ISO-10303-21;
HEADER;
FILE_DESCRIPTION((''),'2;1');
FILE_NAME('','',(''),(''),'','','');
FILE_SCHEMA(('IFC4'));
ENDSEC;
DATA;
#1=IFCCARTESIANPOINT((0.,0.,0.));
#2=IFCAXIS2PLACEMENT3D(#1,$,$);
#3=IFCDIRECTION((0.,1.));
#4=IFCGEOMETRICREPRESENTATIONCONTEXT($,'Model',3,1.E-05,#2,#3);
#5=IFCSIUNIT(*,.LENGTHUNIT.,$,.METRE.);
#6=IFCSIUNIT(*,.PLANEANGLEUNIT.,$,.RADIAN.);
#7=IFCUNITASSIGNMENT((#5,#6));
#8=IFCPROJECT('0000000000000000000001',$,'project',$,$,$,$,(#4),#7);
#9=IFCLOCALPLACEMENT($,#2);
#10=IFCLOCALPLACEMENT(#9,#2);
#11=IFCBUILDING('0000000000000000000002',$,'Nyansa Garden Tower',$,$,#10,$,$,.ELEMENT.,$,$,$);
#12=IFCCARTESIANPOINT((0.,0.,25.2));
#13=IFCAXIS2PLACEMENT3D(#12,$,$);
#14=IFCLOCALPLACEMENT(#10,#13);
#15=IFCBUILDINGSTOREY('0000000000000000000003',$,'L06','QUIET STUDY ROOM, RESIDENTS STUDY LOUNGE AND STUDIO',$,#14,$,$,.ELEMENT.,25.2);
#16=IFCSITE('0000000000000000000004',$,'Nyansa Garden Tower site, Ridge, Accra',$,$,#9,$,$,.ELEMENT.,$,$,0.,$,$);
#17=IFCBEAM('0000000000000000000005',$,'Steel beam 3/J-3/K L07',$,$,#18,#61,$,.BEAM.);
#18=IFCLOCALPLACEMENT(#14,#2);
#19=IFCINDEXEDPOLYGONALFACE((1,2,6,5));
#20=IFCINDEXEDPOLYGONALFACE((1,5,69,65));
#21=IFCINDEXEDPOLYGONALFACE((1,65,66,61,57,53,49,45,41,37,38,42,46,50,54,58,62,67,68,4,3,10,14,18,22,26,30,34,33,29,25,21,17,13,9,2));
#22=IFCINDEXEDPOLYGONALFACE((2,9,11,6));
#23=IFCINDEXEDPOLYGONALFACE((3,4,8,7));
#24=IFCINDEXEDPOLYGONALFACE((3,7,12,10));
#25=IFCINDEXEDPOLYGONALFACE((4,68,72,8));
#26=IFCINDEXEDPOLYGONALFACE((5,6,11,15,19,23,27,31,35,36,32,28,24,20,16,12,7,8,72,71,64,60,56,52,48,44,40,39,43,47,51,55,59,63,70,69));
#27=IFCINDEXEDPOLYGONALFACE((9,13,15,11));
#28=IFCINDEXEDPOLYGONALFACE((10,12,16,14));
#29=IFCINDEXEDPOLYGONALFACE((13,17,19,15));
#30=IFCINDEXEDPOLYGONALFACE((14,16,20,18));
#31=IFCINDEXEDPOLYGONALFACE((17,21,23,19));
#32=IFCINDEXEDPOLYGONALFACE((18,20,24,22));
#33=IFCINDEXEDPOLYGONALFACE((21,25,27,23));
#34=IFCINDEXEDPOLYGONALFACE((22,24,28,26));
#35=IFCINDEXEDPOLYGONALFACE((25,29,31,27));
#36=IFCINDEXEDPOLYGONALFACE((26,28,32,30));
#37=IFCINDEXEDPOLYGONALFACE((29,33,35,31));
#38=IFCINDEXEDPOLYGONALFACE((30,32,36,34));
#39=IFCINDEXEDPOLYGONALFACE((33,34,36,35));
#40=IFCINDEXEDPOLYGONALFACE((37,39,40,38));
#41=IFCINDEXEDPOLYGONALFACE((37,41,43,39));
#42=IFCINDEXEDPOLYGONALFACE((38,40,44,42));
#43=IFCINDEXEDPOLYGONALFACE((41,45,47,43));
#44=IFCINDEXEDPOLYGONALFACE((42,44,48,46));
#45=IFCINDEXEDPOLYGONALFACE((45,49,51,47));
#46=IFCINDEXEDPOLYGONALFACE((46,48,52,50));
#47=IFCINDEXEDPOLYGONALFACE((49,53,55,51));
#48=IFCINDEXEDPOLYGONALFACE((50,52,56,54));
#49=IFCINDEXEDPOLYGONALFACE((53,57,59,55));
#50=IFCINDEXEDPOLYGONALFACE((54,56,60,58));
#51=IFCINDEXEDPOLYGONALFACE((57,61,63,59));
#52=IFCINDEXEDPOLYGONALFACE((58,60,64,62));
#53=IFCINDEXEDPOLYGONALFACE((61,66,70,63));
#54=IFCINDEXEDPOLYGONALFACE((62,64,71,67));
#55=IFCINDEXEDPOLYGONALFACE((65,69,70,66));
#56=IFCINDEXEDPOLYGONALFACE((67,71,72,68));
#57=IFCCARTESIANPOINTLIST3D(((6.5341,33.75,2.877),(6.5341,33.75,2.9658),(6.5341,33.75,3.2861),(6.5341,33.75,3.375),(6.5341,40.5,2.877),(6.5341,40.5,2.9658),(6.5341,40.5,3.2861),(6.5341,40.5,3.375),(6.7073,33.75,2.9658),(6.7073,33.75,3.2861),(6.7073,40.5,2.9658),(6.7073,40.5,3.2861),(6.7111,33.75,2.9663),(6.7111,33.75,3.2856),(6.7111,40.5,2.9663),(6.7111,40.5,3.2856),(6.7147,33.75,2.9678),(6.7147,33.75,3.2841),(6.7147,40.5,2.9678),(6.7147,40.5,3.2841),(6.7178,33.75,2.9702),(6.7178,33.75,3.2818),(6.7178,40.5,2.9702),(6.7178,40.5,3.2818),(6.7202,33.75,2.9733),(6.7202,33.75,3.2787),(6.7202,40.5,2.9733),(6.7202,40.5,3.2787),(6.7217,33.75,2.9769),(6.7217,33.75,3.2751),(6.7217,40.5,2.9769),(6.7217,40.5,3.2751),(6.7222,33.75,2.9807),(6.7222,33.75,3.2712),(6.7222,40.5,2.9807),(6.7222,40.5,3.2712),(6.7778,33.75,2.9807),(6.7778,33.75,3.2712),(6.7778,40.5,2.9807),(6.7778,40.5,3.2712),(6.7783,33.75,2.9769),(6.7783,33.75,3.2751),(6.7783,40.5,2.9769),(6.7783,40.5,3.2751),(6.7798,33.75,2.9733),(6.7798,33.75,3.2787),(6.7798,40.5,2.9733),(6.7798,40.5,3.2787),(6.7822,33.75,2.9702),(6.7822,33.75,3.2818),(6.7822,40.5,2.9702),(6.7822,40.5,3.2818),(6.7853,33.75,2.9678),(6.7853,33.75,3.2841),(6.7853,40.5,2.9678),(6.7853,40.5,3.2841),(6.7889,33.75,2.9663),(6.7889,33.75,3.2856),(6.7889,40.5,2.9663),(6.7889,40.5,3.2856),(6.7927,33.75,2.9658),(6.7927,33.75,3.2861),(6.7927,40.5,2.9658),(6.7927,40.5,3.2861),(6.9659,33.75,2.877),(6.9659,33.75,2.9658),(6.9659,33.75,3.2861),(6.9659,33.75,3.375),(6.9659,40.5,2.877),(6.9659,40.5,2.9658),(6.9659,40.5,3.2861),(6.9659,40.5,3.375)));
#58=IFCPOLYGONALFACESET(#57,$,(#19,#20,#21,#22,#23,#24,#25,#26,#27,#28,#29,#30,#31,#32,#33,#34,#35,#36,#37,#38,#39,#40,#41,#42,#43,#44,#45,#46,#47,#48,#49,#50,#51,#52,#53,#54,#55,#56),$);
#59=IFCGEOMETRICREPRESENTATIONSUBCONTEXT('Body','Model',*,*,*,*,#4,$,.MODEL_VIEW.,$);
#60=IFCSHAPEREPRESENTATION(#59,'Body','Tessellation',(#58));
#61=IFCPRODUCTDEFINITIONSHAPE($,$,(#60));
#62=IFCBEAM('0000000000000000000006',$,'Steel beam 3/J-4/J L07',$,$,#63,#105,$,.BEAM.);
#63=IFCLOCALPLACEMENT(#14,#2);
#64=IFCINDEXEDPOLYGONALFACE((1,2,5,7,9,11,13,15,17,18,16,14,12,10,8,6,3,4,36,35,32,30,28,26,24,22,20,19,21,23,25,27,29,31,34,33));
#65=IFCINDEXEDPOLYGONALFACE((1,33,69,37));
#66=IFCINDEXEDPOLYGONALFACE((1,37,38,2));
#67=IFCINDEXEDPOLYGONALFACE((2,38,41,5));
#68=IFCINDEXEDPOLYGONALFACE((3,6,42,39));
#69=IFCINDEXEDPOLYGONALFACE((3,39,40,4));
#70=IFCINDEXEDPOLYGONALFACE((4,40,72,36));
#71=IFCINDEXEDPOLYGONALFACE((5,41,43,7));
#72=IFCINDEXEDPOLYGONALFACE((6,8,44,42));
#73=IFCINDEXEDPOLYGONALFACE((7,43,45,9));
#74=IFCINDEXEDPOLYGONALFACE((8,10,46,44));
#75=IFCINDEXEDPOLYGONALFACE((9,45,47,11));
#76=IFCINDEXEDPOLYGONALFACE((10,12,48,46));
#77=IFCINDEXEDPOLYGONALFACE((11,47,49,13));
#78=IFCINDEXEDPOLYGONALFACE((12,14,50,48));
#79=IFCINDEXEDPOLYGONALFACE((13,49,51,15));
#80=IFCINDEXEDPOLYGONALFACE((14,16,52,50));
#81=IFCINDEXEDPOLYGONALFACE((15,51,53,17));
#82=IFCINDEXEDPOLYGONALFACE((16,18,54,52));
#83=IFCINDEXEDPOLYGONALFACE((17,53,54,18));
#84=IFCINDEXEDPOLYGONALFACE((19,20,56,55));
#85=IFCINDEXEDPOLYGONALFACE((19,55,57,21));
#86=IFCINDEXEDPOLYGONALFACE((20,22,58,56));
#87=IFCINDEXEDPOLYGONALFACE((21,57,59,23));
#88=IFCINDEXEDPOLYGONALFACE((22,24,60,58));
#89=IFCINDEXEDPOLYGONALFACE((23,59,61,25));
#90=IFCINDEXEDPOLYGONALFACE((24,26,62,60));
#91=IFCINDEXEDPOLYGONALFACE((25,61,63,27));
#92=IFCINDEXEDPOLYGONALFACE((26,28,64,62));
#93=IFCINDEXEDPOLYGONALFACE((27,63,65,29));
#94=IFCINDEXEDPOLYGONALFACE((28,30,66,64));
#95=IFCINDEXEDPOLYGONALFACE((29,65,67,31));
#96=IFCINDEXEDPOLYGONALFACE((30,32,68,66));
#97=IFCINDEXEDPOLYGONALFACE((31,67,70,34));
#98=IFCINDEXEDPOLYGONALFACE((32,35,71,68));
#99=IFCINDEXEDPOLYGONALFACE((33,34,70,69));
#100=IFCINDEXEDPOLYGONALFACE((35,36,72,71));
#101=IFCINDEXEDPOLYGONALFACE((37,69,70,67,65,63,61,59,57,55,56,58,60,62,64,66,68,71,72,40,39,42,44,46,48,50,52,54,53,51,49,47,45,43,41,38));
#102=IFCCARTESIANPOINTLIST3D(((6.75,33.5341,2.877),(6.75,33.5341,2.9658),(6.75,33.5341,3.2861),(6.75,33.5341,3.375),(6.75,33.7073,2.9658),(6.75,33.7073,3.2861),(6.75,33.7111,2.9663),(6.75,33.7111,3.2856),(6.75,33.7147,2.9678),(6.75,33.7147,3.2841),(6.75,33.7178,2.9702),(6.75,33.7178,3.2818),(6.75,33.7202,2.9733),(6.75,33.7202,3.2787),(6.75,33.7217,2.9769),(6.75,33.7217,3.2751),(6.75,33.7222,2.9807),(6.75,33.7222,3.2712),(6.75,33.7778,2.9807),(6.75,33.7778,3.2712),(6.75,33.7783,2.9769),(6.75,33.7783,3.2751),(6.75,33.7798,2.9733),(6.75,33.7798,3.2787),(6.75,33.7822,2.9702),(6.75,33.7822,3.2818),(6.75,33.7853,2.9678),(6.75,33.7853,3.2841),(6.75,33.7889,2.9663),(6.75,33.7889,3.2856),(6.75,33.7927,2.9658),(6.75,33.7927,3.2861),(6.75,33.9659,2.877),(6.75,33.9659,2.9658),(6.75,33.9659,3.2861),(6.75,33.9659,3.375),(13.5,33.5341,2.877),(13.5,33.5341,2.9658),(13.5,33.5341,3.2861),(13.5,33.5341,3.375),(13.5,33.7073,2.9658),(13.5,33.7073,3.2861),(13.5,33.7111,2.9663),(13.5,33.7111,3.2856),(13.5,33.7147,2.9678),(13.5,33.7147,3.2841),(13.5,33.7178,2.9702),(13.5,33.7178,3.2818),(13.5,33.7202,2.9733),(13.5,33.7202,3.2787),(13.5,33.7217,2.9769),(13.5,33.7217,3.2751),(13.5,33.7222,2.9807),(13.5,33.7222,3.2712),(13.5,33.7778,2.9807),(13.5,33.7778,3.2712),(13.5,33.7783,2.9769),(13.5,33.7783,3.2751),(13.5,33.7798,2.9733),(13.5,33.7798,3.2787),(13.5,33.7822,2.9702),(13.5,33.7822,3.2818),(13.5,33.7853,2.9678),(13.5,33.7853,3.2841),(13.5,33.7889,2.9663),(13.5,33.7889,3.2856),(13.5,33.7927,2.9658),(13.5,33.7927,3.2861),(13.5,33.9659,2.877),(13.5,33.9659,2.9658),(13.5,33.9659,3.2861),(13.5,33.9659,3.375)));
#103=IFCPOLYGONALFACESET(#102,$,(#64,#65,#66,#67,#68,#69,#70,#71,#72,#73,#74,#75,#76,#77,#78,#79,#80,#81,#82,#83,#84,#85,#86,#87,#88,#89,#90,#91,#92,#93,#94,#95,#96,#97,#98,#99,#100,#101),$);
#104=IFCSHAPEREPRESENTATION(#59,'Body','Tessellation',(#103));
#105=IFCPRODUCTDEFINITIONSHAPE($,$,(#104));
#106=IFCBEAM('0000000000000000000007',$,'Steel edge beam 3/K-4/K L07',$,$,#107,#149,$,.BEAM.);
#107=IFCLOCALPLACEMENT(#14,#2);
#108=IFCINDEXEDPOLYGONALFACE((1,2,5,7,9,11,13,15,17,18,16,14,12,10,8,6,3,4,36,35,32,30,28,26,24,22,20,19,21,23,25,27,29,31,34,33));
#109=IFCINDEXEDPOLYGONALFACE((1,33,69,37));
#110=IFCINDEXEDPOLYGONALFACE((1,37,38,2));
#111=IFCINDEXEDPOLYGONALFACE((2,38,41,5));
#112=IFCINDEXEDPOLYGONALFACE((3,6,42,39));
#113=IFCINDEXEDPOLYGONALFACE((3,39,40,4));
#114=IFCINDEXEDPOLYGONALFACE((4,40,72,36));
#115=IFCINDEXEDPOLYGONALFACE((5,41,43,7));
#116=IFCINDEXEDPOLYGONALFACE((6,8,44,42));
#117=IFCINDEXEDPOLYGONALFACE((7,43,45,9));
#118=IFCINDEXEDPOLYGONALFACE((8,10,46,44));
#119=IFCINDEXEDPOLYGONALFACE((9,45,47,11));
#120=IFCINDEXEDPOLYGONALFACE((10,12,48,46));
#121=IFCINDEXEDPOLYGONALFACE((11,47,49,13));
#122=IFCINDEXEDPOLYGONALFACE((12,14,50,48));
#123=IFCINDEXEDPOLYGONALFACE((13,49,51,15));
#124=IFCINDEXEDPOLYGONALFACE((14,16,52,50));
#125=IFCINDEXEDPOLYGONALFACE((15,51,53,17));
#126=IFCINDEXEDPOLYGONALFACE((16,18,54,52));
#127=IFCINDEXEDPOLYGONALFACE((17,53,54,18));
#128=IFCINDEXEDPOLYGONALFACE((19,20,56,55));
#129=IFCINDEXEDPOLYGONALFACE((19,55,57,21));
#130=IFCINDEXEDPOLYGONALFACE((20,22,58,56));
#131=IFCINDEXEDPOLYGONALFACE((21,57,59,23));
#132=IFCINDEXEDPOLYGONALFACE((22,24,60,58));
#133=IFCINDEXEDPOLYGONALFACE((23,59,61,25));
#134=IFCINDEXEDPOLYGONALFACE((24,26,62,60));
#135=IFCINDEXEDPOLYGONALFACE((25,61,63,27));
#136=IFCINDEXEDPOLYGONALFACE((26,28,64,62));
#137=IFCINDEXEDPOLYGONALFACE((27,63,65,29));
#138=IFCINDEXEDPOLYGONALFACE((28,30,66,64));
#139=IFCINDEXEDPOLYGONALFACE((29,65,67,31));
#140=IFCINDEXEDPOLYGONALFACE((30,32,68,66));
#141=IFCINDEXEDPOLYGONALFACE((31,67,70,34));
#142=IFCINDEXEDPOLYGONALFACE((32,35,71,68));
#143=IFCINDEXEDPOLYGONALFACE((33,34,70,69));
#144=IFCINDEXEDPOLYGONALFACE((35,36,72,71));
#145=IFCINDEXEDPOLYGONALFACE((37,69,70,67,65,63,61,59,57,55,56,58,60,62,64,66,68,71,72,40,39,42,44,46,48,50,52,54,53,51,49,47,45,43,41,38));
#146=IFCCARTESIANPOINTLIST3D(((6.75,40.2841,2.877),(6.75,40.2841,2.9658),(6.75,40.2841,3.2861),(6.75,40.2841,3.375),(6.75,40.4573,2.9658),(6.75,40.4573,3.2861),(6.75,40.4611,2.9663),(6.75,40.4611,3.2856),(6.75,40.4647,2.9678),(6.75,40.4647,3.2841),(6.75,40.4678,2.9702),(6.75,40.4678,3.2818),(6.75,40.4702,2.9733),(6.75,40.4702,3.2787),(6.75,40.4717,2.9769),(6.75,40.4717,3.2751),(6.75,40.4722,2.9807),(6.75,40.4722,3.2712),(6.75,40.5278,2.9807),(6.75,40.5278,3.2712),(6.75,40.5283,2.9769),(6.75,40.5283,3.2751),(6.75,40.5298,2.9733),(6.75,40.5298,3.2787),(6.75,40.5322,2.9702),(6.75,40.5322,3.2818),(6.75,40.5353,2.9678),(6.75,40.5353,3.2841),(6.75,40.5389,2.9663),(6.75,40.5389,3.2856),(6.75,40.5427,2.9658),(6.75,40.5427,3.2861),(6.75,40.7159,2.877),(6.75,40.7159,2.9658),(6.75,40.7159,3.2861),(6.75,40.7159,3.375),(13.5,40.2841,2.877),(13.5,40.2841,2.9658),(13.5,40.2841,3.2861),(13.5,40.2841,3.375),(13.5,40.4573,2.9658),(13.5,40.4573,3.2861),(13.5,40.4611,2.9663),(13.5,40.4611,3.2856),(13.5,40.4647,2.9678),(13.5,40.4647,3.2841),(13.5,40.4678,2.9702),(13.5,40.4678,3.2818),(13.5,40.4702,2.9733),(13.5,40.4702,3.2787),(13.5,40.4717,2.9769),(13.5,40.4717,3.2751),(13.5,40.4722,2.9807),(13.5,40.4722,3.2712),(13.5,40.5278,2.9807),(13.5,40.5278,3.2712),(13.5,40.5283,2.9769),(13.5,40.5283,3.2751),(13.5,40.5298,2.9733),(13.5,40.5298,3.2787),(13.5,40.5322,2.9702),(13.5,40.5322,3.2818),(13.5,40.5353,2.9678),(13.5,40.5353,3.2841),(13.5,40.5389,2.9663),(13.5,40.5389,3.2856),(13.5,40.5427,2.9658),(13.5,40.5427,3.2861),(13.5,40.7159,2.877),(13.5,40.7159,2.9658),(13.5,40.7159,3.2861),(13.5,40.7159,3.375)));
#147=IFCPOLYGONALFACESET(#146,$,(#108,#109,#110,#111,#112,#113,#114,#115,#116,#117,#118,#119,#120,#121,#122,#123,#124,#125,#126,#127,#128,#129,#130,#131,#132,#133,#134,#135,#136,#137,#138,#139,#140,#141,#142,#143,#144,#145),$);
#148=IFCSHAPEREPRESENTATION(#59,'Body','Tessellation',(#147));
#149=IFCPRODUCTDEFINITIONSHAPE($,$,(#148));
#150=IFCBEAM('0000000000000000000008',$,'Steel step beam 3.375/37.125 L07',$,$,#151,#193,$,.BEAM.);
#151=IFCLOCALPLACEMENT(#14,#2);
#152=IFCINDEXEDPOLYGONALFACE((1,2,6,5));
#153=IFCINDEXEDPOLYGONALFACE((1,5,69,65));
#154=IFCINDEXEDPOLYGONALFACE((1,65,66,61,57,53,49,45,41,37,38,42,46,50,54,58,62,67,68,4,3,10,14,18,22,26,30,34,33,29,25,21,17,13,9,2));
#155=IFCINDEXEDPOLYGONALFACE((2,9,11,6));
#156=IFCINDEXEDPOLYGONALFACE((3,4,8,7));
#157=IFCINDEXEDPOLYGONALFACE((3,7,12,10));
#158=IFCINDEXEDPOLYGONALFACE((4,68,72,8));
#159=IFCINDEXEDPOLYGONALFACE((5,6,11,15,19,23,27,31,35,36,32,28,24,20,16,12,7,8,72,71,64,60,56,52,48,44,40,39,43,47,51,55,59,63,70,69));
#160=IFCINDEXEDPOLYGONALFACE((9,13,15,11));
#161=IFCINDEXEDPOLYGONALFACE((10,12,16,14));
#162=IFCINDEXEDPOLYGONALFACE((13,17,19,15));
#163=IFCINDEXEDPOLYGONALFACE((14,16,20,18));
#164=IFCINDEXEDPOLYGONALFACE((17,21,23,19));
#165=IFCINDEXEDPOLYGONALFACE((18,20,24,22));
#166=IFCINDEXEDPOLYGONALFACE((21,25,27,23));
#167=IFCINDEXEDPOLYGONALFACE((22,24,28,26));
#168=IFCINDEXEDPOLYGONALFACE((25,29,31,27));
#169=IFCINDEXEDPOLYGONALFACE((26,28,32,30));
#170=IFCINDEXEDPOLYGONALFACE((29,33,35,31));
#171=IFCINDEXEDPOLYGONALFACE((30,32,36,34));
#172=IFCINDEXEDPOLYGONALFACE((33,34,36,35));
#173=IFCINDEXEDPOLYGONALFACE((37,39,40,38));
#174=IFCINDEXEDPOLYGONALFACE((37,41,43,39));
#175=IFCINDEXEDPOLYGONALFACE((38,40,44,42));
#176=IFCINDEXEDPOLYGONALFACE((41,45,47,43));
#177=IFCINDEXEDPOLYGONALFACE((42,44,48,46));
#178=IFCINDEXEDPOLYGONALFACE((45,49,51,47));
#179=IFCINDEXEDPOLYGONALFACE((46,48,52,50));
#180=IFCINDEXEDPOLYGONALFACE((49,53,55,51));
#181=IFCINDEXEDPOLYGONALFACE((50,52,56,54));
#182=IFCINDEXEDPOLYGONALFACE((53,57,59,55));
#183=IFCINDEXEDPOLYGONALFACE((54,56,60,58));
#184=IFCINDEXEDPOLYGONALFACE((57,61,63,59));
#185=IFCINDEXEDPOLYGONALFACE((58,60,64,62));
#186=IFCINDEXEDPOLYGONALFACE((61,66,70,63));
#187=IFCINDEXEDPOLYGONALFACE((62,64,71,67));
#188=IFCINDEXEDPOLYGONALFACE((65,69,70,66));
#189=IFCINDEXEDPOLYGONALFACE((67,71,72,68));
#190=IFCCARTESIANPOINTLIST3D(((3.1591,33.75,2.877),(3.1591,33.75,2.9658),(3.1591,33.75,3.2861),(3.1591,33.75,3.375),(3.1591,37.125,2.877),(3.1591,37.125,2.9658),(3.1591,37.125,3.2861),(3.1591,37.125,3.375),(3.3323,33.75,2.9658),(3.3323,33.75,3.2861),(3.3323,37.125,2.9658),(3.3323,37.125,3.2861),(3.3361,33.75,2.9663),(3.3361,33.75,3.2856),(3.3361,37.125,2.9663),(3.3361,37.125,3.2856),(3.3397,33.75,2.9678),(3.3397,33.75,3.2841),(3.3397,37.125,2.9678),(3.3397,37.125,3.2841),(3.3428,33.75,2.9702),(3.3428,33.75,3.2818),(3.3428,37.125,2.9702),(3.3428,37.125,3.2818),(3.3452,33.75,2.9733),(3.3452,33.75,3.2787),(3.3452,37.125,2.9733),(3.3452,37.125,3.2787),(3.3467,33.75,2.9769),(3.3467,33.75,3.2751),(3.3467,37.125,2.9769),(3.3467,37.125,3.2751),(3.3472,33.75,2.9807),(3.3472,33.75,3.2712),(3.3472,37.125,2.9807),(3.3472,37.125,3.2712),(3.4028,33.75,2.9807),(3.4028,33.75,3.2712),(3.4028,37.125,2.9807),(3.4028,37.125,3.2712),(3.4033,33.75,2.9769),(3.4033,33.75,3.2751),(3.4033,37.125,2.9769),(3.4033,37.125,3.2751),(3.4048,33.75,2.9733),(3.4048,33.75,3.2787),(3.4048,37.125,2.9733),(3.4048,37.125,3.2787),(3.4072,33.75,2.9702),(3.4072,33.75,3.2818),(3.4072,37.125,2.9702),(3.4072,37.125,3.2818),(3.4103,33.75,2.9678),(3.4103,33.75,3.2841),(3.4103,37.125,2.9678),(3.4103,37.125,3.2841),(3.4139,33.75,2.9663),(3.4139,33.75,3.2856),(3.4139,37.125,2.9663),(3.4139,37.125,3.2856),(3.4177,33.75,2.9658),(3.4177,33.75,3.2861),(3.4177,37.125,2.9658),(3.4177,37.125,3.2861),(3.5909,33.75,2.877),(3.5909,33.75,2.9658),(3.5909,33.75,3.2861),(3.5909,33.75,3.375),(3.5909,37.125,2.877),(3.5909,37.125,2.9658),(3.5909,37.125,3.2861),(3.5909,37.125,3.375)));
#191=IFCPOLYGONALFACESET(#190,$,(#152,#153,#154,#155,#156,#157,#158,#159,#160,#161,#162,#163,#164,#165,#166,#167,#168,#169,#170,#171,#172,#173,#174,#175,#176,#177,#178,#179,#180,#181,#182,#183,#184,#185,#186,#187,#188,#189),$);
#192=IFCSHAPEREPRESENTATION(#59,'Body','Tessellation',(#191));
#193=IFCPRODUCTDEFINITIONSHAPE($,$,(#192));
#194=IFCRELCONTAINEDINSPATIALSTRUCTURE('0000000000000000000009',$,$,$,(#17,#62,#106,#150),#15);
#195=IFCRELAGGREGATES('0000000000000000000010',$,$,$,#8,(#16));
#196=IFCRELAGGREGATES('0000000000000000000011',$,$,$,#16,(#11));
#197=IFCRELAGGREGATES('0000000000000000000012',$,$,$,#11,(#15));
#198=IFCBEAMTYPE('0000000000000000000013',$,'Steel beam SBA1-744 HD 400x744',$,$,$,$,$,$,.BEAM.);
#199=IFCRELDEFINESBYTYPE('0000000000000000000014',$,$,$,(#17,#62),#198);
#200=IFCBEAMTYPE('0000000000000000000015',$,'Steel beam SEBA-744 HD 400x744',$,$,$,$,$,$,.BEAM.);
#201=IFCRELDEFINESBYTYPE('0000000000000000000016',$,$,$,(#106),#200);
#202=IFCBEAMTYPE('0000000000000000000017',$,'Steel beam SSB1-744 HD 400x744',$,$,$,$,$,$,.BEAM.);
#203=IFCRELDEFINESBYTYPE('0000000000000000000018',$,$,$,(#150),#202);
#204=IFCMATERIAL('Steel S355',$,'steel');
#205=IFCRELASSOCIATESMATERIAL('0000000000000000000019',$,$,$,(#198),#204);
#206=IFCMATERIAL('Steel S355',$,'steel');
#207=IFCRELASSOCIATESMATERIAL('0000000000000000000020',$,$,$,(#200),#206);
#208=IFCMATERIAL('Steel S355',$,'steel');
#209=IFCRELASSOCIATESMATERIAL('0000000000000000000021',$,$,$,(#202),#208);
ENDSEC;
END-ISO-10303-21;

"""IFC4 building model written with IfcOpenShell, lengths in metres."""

from ifc_helpers import new_model, si_unit, direction, frame, origin, origin_2d, place, context, subcontext, project, spatial, i_section, extrude, material, material_profile, profile_set, type_object, element, save


model = new_model("IFC4")

# Units and contexts
model_context = context("Model", 3, precision=1e-05, world=origin(), true_north=direction((0.0, 1.0)))
body_context = subcontext(model_context, "Body", "Model", "MODEL_VIEW")
ifc_project = project(units=[si_unit("LENGTHUNIT", "METRE"), si_unit("PLANEANGLEUNIT", "RADIAN")], contexts=[model_context])

# Site, building, storey
site_placement = place(None, origin())
site = spatial("IfcSite", under=ifc_project, at=site_placement, Name="Nyansa Garden Tower site, Ridge, Accra", CompositionType="ELEMENT", RefElevation=0.0)
building_placement = place(site_placement, origin())
building = spatial("IfcBuilding", under=site, at=building_placement, Name="Nyansa Garden Tower", CompositionType="ELEMENT")
storey_placement = place(building_placement, frame((0.0, 0.0, 25.2)))
storey = spatial("IfcBuildingStorey", under=building, at=storey_placement, Name="L06", Description="QUIET STUDY ROOM, RESIDENTS STUDY LOUNGE AND STUDIO", CompositionType="ELEMENT", Elevation=25.2)

# Beams
ifc_material_1 = material(Name="Steel S355", Category="steel")
ifc_material_profile_1 = material_profile(ifc_material_1, i_section(OverallWidth=0.4319, OverallDepth=0.498, WebThickness=0.0557, FlangeThickness=0.0889, FilletRadius=0.0149, at=origin_2d()), Name="HD 400x744")
ifc_profile_set_1 = profile_set([ifc_material_profile_1], Name="Steel S355")
beam_type_1 = type_object("IfcBeamType", Name="Steel beam SBA1-744 HD 400x744", PredefinedType="BEAM", material=ifc_profile_set_1)
for number, where, z_axis, x_axis, name in (
    (1, (6.75, 33.75, 3.126), (0.0, 1.0, 0.0), (-1.0, 0.0, 0.0), "Steel beam 3/J-3/K L07"),
    (2, (6.75, 33.75, 3.126), (1.0, 0.0, 0.0), (0.0, 1.0, 0.0), "Steel beam 3/J-4/J L07"),
):
    element("IfcBeam", number, at=place(storey_placement, frame(where, z_axis=z_axis, x_axis=x_axis)), inside=storey, type_object=beam_type_1, Name=name, PredefinedType="BEAM", context=body_context, shape_type="SweptSolid", body=[
        extrude(i_section(OverallWidth=0.4319, OverallDepth=0.498, WebThickness=0.0557, FlangeThickness=0.0889, FilletRadius=0.0149, at=origin_2d()), origin(), (0.0, 0.0, 1.0), 6.75),
    ])
ifc_material_2 = material(Name="Steel S355", Category="steel")
ifc_material_profile_2 = material_profile(ifc_material_2, i_section(OverallWidth=0.4319, OverallDepth=0.498, WebThickness=0.0557, FlangeThickness=0.0889, FilletRadius=0.0149, at=origin_2d()), Name="HD 400x744")
ifc_profile_set_2 = profile_set([ifc_material_profile_2], Name="Steel S355")
beam_type_2 = type_object("IfcBeamType", Name="Steel beam SEBA-744 HD 400x744", PredefinedType="BEAM", material=ifc_profile_set_2)
beam_1_placement = place(storey_placement, frame((6.75, 40.5, 3.126), z_axis=(1.0, 0.0, 0.0), x_axis=(0.0, 1.0, 0.0)))
element("IfcBeam", 3, at=beam_1_placement, inside=storey, type_object=beam_type_2, Name="Steel edge beam 3/K-4/K L07", PredefinedType="BEAM", context=body_context, shape_type="SweptSolid", body=[
    extrude(i_section(OverallWidth=0.4319, OverallDepth=0.498, WebThickness=0.0557, FlangeThickness=0.0889, FilletRadius=0.0149, at=origin_2d()), origin(), (0.0, 0.0, 1.0), 6.75),
])
ifc_material_3 = material(Name="Steel S355", Category="steel")
ifc_material_profile_3 = material_profile(ifc_material_3, i_section(OverallWidth=0.4319, OverallDepth=0.498, WebThickness=0.0557, FlangeThickness=0.0889, FilletRadius=0.0149, at=origin_2d()), Name="HD 400x744")
ifc_profile_set_3 = profile_set([ifc_material_profile_3], Name="Steel S355")
beam_type_3 = type_object("IfcBeamType", Name="Steel beam SSB1-744 HD 400x744", PredefinedType="BEAM", material=ifc_profile_set_3)
for number, where, z_axis, x_axis, name in (
    (4, (3.375, 37.125, 3.126), (0.0, -1.0, 0.0), (1.0, 0.0, 0.0), "Steel step beam 3.375/37.125 L07"),
):
    element("IfcBeam", number, at=place(storey_placement, frame(where, z_axis=z_axis, x_axis=x_axis)), inside=storey, type_object=beam_type_3, Name=name, PredefinedType="BEAM", context=body_context, shape_type="SweptSolid", body=[
        extrude(i_section(OverallWidth=0.4319, OverallDepth=0.498, WebThickness=0.0557, FlangeThickness=0.0889, FilletRadius=0.0149, at=origin_2d()), origin(), (0.0, 0.0, 1.0), 3.375),
    ])

save(model, "model.ifc")
